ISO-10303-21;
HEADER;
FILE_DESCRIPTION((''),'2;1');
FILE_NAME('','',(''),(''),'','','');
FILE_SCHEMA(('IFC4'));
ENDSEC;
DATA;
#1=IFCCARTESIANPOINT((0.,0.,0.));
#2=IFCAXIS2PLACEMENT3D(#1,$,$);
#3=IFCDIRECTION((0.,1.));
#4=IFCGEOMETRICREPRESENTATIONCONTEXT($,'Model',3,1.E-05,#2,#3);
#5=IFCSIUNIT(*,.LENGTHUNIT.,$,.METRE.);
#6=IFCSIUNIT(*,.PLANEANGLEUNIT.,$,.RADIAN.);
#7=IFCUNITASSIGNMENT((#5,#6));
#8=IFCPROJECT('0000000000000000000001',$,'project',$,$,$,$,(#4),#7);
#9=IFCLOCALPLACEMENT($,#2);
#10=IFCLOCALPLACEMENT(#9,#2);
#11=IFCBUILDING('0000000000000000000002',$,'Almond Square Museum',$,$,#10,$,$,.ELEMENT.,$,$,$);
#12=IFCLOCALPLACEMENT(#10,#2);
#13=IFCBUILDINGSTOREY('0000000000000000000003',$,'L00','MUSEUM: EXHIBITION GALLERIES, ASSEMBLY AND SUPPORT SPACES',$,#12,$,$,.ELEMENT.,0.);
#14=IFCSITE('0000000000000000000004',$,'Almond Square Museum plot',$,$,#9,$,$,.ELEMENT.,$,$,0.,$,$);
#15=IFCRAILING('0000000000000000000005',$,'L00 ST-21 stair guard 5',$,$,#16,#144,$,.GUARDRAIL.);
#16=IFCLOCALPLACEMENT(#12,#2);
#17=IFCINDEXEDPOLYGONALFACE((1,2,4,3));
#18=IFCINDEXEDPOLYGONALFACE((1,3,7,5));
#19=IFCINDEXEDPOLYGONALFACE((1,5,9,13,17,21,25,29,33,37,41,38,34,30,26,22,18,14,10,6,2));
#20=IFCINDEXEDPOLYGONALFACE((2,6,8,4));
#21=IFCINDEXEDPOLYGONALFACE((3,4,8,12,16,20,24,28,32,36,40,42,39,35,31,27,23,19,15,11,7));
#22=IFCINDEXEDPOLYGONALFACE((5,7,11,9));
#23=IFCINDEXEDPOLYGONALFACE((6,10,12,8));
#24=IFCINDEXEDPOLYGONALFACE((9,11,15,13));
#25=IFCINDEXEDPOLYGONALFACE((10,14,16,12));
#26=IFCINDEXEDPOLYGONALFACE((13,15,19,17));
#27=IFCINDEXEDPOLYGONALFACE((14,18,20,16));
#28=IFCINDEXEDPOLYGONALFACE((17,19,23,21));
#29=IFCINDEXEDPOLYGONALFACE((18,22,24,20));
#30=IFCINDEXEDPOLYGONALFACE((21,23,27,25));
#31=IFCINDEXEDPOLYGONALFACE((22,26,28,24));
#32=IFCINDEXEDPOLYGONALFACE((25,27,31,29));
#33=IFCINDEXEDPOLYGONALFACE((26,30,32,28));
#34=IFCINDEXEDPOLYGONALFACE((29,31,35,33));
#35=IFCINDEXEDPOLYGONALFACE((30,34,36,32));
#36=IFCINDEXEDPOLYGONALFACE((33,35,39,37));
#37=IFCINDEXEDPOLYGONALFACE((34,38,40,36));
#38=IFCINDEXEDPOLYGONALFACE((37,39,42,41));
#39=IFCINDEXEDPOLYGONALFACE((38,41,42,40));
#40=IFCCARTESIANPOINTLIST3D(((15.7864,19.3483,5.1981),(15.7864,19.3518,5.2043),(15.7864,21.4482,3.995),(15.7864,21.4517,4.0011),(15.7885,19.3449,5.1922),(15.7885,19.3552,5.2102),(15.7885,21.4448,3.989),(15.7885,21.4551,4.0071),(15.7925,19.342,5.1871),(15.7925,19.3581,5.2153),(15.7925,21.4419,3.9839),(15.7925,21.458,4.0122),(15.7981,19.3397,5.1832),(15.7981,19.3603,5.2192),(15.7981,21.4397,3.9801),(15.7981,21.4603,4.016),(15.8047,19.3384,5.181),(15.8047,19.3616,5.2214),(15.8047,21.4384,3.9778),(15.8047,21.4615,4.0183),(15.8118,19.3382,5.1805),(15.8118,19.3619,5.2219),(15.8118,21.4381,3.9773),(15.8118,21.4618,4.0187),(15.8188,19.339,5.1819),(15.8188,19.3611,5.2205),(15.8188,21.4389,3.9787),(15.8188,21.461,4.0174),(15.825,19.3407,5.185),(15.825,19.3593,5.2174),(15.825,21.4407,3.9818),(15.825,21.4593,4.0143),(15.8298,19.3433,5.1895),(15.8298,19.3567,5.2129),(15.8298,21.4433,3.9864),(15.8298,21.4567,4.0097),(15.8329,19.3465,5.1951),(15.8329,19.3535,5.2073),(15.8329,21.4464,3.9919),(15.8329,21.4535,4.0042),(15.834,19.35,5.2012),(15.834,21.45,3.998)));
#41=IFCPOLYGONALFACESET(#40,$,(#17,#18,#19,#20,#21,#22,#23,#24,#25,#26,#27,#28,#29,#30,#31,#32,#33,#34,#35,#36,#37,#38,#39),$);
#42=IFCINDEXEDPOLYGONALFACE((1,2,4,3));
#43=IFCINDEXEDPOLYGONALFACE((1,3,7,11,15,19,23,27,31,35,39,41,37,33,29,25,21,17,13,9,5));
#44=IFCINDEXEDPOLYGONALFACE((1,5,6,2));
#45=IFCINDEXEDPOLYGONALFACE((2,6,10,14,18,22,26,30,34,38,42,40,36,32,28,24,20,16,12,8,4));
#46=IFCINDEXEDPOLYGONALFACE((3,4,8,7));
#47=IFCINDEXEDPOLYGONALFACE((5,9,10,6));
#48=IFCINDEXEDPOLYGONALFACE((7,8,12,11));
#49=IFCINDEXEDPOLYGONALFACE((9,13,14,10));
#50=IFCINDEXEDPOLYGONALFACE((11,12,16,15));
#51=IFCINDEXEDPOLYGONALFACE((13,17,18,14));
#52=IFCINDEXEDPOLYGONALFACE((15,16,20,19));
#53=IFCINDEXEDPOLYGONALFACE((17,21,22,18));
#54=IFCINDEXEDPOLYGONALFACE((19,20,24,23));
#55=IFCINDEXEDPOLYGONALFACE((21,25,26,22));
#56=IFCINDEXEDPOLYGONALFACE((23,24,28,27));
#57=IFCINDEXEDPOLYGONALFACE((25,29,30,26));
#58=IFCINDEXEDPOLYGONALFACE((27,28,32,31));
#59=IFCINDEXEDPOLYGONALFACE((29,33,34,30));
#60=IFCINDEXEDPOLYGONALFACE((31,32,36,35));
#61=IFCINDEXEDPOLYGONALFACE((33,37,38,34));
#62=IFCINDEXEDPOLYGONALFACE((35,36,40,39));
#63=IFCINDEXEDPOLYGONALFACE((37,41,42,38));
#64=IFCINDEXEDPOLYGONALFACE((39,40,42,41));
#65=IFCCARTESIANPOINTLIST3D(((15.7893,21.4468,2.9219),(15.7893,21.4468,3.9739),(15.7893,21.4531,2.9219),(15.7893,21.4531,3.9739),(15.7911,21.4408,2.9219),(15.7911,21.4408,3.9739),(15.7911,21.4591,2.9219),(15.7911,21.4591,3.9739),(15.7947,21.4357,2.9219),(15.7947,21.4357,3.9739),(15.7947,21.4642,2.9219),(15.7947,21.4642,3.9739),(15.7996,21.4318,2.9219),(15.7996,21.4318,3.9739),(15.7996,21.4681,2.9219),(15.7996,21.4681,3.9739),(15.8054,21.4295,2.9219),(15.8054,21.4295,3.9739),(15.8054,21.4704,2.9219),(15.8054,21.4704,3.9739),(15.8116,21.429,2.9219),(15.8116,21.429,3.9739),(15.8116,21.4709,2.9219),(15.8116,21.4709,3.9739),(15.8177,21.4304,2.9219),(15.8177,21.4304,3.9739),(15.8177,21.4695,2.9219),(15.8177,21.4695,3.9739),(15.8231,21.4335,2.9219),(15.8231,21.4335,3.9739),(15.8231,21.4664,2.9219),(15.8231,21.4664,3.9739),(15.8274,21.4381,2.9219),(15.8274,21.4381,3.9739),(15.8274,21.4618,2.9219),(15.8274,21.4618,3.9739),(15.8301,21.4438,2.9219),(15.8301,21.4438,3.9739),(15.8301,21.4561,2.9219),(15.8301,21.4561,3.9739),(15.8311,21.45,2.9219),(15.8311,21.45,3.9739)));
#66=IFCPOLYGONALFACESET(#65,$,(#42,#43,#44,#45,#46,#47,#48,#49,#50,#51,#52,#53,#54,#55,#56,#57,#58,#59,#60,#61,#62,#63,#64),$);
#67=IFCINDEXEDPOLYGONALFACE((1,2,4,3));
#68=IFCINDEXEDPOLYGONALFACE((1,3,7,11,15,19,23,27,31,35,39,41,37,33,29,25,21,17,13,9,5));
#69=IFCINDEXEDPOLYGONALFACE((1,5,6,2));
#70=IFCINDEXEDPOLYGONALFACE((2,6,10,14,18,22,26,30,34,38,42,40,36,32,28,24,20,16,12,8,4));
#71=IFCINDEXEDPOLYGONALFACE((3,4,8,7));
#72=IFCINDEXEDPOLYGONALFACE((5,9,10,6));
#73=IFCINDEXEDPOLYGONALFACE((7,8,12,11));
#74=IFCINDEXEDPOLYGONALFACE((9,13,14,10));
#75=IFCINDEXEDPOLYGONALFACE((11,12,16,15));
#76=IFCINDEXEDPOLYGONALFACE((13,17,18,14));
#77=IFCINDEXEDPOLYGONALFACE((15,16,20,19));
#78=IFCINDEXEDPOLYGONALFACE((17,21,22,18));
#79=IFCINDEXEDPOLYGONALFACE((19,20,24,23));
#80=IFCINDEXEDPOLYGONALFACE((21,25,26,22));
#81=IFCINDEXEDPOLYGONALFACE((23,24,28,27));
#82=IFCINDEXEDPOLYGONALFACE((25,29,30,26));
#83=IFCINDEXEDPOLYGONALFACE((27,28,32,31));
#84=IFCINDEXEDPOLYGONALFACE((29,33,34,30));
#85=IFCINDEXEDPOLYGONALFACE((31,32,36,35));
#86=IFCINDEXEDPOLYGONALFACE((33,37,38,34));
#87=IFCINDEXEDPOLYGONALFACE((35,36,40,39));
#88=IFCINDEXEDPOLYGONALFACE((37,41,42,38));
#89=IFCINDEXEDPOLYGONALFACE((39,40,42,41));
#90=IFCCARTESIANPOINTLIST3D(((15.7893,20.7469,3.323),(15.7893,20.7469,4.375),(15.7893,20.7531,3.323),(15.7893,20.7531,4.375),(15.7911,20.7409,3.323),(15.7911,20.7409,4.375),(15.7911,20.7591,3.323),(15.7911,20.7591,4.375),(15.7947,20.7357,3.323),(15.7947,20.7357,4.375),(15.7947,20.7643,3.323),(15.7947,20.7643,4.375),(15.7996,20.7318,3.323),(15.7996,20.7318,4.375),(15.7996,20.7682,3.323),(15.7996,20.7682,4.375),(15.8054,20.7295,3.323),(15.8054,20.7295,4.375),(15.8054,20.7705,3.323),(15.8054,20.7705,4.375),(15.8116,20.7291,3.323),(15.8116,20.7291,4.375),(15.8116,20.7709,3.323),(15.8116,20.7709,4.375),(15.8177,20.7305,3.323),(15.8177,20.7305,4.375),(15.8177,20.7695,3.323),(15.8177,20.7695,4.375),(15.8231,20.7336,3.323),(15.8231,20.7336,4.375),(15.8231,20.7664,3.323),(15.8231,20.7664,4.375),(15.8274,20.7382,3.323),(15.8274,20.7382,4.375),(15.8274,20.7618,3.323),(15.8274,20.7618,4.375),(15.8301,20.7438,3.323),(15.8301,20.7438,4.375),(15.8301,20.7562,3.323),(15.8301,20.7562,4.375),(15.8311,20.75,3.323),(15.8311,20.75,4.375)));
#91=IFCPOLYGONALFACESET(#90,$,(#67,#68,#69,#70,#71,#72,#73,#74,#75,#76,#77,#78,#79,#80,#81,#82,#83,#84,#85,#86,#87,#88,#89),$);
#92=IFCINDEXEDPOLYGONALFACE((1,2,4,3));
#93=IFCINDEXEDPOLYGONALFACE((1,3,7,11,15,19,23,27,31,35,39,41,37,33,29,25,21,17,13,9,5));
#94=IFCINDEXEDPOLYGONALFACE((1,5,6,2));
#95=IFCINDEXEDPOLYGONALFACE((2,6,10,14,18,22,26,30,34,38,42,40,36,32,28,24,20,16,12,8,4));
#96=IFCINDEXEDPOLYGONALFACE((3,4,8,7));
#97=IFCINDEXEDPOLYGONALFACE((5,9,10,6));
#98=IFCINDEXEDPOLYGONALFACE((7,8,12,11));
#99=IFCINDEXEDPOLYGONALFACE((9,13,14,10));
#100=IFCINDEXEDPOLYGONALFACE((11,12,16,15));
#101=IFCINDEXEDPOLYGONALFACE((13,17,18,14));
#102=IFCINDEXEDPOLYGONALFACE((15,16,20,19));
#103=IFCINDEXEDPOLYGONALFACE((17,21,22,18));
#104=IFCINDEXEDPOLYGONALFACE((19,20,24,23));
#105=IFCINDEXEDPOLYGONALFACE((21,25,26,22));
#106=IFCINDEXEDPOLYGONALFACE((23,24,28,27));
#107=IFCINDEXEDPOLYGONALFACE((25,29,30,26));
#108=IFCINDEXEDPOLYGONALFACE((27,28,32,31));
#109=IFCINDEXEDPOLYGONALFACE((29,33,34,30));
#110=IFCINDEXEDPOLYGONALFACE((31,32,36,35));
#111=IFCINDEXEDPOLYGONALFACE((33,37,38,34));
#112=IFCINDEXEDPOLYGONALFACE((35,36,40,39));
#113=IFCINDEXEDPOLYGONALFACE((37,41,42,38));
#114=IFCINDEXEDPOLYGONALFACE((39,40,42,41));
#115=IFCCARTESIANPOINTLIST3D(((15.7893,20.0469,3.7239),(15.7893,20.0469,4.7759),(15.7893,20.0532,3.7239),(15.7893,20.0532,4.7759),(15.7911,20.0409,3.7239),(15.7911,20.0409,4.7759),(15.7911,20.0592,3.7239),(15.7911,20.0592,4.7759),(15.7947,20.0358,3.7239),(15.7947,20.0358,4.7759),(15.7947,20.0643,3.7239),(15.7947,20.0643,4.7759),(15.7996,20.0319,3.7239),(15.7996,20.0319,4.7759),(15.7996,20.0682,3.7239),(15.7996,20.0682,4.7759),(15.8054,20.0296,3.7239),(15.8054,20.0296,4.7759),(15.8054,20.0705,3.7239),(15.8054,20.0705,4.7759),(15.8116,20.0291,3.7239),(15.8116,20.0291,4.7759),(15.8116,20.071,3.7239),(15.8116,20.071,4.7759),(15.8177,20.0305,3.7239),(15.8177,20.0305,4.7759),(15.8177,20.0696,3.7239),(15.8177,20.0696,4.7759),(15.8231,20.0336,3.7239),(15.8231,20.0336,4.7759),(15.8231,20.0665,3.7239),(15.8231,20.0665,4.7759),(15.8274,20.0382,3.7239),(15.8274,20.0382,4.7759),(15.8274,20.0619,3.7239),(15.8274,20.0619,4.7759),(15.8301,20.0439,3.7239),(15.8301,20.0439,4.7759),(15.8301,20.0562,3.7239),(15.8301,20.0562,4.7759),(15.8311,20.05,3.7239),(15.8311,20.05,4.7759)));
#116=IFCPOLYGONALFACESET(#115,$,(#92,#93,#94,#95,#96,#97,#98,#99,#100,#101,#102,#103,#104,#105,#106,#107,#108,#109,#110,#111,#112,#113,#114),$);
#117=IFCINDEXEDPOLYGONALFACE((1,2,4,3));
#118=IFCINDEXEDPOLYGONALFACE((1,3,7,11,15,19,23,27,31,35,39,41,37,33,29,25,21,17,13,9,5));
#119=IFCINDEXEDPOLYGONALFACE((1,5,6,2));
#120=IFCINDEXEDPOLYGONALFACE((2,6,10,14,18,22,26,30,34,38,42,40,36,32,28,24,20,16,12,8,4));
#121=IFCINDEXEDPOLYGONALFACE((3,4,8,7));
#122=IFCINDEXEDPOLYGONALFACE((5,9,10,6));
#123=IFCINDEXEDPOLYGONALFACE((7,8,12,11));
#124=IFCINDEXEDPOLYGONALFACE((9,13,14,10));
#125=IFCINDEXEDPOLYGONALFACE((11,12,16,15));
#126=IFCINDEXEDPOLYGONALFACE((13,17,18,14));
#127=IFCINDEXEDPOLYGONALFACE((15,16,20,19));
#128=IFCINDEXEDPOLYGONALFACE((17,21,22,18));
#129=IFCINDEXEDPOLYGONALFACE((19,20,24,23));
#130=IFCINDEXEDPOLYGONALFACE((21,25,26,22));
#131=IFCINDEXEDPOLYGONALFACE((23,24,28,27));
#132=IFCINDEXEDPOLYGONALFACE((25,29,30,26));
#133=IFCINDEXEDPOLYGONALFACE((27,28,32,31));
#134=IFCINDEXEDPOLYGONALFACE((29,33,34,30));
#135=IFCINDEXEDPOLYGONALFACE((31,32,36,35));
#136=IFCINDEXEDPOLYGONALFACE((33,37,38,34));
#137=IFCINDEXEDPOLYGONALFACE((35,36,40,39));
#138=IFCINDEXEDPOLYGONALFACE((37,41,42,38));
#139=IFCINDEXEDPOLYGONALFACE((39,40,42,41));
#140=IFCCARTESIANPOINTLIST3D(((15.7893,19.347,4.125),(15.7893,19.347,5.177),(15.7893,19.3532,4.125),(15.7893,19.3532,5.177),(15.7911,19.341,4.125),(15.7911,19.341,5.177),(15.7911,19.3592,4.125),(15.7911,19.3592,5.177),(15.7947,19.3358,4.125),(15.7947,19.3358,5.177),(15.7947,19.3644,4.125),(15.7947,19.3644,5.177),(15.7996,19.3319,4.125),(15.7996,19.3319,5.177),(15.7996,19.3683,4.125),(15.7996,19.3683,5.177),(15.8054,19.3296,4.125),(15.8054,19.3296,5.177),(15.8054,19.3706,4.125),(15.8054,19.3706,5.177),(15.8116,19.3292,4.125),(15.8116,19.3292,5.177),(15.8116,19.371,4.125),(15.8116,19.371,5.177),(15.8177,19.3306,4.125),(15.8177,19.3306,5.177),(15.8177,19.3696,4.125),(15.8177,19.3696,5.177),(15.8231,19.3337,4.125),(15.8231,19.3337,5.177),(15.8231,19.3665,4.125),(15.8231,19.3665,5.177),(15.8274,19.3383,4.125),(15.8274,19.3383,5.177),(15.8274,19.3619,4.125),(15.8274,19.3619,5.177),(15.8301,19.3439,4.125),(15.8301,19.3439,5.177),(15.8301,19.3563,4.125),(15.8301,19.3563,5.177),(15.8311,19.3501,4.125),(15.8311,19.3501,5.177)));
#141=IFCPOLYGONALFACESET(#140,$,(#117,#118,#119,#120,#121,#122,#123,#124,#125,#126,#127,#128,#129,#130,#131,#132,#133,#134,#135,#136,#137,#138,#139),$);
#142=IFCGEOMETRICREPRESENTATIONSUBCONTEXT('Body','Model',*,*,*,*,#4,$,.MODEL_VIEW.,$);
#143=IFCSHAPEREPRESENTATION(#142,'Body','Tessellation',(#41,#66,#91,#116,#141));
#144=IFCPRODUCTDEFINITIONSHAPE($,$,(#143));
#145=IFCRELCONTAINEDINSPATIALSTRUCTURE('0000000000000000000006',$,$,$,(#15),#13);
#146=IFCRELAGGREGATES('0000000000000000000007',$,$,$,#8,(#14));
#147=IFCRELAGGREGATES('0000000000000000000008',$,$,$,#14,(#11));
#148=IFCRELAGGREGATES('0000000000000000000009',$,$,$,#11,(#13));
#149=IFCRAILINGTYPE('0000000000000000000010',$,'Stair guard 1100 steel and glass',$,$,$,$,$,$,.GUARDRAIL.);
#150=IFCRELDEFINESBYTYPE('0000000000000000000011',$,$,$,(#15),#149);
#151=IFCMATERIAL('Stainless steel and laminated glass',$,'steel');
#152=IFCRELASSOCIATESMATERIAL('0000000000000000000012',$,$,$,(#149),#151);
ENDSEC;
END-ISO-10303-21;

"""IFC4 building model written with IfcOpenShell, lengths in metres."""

from ifc_helpers import new_model, si_unit, direction, frame, origin, origin_2d, place, context, subcontext, project, spatial, circle, extrude, material, type_object, element, save


model = new_model("IFC4")

# Units and contexts
model_context = context("Model", 3, precision=1e-05, world=origin(), true_north=direction((0.0, 1.0)))
body_context = subcontext(model_context, "Body", "Model", "MODEL_VIEW")
ifc_project = project(units=[si_unit("LENGTHUNIT", "METRE"), si_unit("PLANEANGLEUNIT", "RADIAN")], contexts=[model_context])

# Site, building, storey
site_placement = place(None, origin())
site = spatial("IfcSite", under=ifc_project, at=site_placement, Name="Almond Square Museum plot", CompositionType="ELEMENT", RefElevation=0.0)
building_placement = place(site_placement, origin())
building = spatial("IfcBuilding", under=site, at=building_placement, Name="Almond Square Museum", CompositionType="ELEMENT")
storey_placement = place(building_placement, origin())
storey = spatial("IfcBuildingStorey", under=building, at=storey_placement, Name="L00", Description="MUSEUM: EXHIBITION GALLERIES, ASSEMBLY AND SUPPORT SPACES", CompositionType="ELEMENT", Elevation=0.0)

# Railing
ifc_material_1 = material(Name="Stainless steel and laminated glass", Category="steel")
railing_type_1 = type_object("IfcRailingType", Name="Stair guard 1100 steel and glass", PredefinedType="GUARDRAIL", material=ifc_material_1)
railing_1_placement = place(storey_placement, frame((15.8101, 21.45, 2.9219)))
element("IfcRailing", 1, at=railing_1_placement, inside=storey, type_object=railing_type_1, Name="L00 ST-21 stair guard 5", PredefinedType="GUARDRAIL", context=body_context, shape_type="SweptSolid", body=[
    extrude(circle(Radius=0.0239, at=origin_2d()), frame((0.0, 0.0, 1.0762), z_axis=(0.0, -0.867671, 0.497138), x_axis=(1.0, 0.0, 0.0)), (0.0, 0.0, 1.0), 2.4202),
    extrude(circle(Radius=0.021, at=origin_2d()), origin(), (0.0, 0.0, 1.0), 1.052),
    extrude(circle(Radius=0.021, at=origin_2d()), frame((0.0, -0.7, 0.4011)), (0.0, 0.0, 1.0), 1.052),
    extrude(circle(Radius=0.021, at=origin_2d()), frame((0.0, -1.3999, 0.802)), (0.0, 0.0, 1.0), 1.052),
    extrude(circle(Radius=0.021, at=origin_2d()), frame((0.0, -2.0999, 1.2031)), (0.0, 0.0, 1.0), 1.052),
])

save(model, "model.ifc")
